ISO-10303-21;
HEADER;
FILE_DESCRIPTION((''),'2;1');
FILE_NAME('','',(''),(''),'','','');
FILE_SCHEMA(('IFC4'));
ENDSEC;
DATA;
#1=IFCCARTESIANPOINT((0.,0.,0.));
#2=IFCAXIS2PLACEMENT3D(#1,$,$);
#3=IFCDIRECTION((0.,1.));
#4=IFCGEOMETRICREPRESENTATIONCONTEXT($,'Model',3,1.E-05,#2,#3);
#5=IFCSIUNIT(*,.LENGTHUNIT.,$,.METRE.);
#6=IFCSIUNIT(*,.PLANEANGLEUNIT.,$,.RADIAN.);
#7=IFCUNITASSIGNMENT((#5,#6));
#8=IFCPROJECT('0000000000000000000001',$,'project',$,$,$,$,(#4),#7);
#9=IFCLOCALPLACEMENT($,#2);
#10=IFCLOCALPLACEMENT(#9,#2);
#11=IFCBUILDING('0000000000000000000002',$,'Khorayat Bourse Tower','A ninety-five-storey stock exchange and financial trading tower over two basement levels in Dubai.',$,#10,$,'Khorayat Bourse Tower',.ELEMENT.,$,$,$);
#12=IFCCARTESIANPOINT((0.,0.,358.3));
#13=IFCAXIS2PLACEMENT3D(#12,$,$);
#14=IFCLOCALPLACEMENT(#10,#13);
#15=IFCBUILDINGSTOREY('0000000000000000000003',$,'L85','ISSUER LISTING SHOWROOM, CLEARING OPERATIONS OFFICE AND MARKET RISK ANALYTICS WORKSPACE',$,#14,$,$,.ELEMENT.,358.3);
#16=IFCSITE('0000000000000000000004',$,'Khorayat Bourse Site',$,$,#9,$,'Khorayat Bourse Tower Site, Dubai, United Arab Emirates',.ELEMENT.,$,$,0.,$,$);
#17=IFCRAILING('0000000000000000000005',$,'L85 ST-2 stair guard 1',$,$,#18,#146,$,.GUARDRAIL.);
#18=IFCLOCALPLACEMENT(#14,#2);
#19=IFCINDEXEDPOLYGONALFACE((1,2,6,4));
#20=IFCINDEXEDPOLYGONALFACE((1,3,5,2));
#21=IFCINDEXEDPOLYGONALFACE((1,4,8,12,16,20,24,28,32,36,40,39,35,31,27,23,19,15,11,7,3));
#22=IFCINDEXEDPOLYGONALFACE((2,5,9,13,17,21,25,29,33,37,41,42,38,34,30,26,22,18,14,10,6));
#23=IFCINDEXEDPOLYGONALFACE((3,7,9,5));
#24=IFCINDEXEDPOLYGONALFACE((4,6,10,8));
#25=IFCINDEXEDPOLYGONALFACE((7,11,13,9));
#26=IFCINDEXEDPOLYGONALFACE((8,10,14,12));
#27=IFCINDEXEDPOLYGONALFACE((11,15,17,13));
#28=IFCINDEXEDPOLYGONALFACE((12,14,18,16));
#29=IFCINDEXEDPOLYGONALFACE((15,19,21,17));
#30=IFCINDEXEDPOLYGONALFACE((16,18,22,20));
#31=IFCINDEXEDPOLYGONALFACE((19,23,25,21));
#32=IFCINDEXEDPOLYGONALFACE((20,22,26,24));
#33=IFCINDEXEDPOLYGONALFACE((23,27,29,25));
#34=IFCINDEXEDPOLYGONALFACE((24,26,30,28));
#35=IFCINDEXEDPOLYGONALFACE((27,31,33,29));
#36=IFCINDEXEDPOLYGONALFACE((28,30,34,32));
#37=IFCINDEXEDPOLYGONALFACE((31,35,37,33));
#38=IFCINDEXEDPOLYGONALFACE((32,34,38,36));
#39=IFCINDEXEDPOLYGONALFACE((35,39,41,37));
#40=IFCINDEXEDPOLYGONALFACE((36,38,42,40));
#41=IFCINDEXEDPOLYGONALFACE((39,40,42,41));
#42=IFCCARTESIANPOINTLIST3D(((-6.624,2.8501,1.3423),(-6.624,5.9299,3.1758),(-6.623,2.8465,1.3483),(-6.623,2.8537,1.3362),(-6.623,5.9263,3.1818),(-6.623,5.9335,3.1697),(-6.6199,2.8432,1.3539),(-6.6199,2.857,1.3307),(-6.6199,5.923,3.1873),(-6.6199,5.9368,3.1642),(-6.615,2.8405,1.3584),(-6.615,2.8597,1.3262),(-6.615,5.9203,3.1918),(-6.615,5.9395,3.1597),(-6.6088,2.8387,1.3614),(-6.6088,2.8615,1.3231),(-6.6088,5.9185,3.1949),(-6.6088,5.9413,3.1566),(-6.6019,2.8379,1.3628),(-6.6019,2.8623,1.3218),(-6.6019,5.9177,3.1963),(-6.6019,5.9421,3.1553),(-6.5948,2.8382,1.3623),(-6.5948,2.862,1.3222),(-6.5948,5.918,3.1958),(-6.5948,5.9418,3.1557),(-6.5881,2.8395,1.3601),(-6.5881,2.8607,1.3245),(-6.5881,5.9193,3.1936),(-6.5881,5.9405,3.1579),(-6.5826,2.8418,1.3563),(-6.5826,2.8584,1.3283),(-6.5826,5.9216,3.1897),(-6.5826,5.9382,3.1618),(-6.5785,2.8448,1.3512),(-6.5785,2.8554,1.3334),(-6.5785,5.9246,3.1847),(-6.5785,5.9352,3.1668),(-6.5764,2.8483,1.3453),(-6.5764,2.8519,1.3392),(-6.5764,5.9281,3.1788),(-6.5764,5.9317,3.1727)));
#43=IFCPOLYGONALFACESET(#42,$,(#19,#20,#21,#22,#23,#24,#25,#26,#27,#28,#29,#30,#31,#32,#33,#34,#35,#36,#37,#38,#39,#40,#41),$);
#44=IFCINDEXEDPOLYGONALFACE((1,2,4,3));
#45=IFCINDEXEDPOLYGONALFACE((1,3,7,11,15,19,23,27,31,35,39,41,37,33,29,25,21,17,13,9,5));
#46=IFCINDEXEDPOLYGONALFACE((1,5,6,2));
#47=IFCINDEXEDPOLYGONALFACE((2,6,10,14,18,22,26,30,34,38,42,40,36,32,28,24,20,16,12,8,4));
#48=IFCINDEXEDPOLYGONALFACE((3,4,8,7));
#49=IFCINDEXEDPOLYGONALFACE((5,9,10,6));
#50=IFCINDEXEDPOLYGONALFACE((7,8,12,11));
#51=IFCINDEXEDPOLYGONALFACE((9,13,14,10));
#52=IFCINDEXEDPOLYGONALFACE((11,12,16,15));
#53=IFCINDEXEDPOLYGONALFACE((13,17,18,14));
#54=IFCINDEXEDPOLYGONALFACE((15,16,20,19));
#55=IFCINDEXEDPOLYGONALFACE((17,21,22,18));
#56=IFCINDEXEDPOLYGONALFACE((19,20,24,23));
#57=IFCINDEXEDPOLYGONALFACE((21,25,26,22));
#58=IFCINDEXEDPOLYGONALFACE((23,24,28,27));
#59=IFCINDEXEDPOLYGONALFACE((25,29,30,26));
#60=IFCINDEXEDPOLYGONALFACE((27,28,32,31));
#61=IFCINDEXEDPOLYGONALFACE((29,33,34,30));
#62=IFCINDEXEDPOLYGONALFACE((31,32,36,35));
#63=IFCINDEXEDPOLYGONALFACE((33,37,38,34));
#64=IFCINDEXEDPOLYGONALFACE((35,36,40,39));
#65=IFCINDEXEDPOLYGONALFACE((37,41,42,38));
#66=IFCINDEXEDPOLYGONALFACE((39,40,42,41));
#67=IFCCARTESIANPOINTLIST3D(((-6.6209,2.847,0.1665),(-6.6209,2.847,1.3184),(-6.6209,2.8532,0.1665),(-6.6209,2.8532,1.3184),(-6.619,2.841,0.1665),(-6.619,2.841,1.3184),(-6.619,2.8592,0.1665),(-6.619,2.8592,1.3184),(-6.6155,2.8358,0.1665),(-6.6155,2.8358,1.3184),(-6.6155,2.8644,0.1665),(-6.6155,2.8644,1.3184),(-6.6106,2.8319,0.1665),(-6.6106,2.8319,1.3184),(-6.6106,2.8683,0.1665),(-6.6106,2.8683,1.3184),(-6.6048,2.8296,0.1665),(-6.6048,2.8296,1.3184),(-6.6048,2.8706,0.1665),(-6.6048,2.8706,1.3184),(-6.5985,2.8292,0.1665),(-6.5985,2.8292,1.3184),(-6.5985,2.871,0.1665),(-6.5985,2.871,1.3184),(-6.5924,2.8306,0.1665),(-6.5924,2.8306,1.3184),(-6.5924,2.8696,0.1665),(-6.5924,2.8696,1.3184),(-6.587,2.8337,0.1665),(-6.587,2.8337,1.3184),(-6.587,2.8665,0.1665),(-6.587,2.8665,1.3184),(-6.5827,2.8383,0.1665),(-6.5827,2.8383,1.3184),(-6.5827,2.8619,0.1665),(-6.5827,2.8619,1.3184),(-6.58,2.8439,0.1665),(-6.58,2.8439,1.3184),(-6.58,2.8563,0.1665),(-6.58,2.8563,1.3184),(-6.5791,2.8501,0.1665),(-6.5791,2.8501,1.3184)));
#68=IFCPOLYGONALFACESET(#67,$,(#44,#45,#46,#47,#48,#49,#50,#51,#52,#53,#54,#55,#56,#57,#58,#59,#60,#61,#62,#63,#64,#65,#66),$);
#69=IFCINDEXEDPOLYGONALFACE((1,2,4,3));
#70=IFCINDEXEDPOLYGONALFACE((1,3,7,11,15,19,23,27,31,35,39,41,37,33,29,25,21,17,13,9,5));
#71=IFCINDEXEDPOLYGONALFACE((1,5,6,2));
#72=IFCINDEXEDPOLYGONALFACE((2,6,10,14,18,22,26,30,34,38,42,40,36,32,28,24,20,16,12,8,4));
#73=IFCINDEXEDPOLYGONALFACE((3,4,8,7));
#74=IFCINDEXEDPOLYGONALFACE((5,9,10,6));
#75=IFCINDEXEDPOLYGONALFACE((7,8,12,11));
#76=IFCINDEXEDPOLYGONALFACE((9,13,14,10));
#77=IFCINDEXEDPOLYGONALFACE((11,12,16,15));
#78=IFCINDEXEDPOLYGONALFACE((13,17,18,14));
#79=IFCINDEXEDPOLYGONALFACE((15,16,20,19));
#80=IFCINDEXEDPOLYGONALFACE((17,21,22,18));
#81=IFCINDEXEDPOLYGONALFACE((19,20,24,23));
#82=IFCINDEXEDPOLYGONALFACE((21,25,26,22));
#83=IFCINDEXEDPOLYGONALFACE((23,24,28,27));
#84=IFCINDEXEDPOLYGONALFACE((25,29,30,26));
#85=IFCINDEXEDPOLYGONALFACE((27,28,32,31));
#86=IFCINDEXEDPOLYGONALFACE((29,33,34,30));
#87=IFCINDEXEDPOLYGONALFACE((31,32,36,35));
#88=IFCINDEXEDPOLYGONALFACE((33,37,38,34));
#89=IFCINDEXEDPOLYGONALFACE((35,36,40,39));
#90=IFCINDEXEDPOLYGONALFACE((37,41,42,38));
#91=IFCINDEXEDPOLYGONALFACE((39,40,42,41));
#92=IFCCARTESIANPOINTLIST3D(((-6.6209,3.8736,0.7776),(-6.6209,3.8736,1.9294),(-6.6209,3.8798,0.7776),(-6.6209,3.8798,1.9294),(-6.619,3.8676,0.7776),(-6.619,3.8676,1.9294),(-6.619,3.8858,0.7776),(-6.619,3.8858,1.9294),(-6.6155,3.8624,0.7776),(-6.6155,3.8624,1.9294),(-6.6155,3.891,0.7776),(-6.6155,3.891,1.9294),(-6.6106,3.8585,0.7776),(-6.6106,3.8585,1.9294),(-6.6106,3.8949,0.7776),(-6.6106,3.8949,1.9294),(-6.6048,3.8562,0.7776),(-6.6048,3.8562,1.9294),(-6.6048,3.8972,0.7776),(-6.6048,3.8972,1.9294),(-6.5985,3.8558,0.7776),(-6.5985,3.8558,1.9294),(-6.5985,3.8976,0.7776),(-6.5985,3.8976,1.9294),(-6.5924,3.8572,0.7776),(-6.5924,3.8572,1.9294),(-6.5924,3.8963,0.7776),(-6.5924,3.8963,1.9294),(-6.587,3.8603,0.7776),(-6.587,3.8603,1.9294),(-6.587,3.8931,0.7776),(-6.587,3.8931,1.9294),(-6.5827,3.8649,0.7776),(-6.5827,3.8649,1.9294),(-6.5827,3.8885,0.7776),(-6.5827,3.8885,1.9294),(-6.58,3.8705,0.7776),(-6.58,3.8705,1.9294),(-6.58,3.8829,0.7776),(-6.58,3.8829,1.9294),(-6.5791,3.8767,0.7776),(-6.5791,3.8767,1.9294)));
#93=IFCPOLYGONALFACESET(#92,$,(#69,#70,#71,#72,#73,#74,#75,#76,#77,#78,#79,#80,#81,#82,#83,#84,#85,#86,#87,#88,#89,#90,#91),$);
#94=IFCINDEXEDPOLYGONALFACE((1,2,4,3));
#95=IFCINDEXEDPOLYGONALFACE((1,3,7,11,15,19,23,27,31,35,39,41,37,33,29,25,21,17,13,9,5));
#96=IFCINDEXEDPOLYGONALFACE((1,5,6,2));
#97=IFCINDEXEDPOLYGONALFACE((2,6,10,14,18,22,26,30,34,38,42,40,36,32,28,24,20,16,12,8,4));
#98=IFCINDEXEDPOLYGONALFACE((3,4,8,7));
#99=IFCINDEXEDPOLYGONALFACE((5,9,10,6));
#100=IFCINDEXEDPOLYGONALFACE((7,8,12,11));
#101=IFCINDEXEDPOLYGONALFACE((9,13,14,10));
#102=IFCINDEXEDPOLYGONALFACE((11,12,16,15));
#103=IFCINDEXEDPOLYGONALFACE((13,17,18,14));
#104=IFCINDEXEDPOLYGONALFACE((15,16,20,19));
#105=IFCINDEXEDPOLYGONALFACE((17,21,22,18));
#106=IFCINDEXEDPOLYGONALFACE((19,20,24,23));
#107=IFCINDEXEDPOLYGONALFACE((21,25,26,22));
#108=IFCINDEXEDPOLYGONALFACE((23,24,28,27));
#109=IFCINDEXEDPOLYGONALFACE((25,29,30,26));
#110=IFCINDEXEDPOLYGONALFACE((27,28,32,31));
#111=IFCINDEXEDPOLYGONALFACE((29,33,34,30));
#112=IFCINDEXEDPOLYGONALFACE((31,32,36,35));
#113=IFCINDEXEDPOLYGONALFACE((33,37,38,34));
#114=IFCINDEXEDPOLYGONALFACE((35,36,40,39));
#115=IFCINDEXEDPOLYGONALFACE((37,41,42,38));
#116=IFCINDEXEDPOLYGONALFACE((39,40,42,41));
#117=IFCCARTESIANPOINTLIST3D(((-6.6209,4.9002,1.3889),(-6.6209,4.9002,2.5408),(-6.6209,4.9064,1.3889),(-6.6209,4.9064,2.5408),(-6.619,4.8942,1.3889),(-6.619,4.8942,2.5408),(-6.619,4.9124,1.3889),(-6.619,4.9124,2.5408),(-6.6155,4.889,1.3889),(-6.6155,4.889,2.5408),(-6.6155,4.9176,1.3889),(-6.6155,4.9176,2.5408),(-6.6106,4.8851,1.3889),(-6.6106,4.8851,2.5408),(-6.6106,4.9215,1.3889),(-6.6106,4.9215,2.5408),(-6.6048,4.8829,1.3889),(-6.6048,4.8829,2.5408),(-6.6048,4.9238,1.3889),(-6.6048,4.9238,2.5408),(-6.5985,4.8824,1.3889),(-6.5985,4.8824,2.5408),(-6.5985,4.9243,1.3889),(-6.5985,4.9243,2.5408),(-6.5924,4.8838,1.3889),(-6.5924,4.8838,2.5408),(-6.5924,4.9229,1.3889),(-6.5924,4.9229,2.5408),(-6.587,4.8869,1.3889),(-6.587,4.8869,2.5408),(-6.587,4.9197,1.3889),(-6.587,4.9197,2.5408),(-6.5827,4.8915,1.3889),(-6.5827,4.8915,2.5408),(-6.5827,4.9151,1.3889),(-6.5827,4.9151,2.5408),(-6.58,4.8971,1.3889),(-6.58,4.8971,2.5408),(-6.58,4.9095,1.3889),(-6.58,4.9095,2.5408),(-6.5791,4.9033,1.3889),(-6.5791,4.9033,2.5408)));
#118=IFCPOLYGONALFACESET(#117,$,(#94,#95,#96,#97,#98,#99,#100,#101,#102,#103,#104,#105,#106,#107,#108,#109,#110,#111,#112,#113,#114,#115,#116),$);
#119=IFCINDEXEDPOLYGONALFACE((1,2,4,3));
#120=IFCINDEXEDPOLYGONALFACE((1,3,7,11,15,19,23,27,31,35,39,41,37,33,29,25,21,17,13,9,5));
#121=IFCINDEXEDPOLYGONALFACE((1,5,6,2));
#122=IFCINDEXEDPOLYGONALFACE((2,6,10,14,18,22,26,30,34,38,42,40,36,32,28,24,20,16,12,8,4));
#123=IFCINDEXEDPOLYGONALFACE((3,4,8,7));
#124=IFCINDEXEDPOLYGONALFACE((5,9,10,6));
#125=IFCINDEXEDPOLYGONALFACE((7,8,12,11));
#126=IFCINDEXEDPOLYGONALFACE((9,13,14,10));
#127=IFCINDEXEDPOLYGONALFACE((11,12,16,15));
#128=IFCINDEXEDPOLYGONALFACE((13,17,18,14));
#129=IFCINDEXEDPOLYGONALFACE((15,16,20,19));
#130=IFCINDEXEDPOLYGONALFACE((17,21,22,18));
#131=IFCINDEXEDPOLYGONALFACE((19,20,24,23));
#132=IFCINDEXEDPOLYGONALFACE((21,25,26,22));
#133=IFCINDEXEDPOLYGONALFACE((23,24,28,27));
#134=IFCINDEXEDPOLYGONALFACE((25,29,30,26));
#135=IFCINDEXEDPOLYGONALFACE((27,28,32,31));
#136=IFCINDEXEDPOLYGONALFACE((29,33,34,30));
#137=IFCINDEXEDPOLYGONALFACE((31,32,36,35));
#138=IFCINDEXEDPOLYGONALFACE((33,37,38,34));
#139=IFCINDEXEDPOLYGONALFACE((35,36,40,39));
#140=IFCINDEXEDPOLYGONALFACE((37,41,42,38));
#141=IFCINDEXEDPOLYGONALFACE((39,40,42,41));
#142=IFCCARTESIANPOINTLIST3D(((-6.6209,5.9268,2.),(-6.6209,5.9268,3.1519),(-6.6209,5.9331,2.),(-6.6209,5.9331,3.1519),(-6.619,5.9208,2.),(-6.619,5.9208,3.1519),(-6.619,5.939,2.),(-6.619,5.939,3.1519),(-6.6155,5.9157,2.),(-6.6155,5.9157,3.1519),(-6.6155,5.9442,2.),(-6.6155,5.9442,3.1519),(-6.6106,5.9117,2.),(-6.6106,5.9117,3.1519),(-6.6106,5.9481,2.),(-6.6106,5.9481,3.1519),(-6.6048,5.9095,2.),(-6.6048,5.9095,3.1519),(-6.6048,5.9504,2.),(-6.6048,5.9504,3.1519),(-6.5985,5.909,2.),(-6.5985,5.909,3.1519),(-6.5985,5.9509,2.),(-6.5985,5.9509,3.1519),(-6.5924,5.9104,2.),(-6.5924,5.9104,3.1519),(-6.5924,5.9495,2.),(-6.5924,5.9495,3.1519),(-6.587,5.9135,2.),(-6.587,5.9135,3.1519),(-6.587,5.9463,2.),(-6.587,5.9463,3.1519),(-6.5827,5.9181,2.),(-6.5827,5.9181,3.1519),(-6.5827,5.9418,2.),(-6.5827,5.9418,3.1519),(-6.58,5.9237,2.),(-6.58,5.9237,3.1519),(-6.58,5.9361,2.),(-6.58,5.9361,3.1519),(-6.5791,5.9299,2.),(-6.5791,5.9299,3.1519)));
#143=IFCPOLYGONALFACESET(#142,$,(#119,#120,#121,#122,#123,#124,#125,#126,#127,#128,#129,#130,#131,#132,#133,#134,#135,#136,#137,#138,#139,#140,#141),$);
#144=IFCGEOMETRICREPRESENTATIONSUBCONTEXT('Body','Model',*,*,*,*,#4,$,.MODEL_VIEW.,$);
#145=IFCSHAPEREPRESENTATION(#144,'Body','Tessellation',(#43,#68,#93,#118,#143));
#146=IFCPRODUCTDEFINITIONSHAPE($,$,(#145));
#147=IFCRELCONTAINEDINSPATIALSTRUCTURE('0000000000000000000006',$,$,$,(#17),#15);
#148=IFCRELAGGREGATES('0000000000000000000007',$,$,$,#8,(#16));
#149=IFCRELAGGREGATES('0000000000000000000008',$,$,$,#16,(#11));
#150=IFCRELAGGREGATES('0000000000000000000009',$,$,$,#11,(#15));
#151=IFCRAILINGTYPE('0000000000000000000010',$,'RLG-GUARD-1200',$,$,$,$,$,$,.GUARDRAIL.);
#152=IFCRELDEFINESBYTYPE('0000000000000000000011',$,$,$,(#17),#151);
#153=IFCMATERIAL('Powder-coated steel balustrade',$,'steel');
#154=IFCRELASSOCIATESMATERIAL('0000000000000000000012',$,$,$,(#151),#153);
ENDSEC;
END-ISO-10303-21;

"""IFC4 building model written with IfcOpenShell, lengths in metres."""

from ifc_helpers import new_model, si_unit, direction, frame, origin, origin_2d, place, context, subcontext, project, spatial, circle, extrude, source, transform, mapped, material, type_object, element, save


model = new_model("IFC4")

# Units and contexts
model_context = context("Model", 3, precision=1e-05, world=origin(), true_north=direction((0.0, 1.0)))
body_context = subcontext(model_context, "Body", "Model", "MODEL_VIEW")
ifc_project = project(units=[si_unit("LENGTHUNIT", "METRE"), si_unit("PLANEANGLEUNIT", "RADIAN")], contexts=[model_context])

# Site, building, storey
site_placement = place(None, origin())
site = spatial("IfcSite", under=ifc_project, at=site_placement, Name="Khorayat Bourse Site", LongName="Khorayat Bourse Tower Site, Dubai, United Arab Emirates", CompositionType="ELEMENT", RefElevation=0.0)
building_placement = place(site_placement, origin())
building = spatial("IfcBuilding", under=site, at=building_placement, Name="Khorayat Bourse Tower", Description="A ninety-five-storey stock exchange and financial trading tower over two basement levels in Dubai.", LongName="Khorayat Bourse Tower", CompositionType="ELEMENT")
storey_placement = place(building_placement, frame((0.0, 0.0, 358.3)))
storey = spatial("IfcBuildingStorey", under=building, at=storey_placement, Name="L85", Description="ISSUER LISTING SHOWROOM, CLEARING OPERATIONS OFFICE AND MARKET RISK ANALYTICS WORKSPACE", CompositionType="ELEMENT", Elevation=358.3)

# Railing
ifc_material_1 = material(Name="Powder-coated steel balustrade", Category="steel")
railing_type_1 = type_object("IfcRailingType", Name="RLG-GUARD-1200", PredefinedType="GUARDRAIL", material=ifc_material_1)
shared_shape_1 = source(origin(), body_context, "Body", "SweptSolid", [
    extrude(circle(Radius=0.0239, at=origin_2d()), frame((0.0, 0.0, 1.1758), z_axis=(0.0, 0.859261, 0.511538), x_axis=(-1.0, 0.0, 0.0)), (0.0, 0.0, 1.0), 3.5842),
    extrude(circle(Radius=0.021, at=origin_2d()), origin(), (0.0, 0.0, 1.0), 1.1519),
    extrude(circle(Radius=0.021, at=origin_2d()), frame((0.0, 1.0266, 0.6111)), (0.0, 0.0, 1.0), 1.1519),
    extrude(circle(Radius=0.021, at=origin_2d()), frame((0.0, 2.0532, 1.2224)), (0.0, 0.0, 1.0), 1.1519),
    extrude(circle(Radius=0.021, at=origin_2d()), frame((0.0, 3.0798, 1.8335)), (0.0, 0.0, 1.0), 1.1519),
])
railing_1_placement = place(storey_placement, frame((-6.6001, 2.8501, 0.1665)))
element("IfcRailing", 1, at=railing_1_placement, inside=storey, type_object=railing_type_1, Name="L85 ST-2 stair guard 1", PredefinedType="GUARDRAIL", context=body_context, shape_type="MappedRepresentation", body=[
    mapped(shared_shape_1, transform((0.0, 0.0, 0.0), scale=1.0)),
])

save(model, "model.ifc")
